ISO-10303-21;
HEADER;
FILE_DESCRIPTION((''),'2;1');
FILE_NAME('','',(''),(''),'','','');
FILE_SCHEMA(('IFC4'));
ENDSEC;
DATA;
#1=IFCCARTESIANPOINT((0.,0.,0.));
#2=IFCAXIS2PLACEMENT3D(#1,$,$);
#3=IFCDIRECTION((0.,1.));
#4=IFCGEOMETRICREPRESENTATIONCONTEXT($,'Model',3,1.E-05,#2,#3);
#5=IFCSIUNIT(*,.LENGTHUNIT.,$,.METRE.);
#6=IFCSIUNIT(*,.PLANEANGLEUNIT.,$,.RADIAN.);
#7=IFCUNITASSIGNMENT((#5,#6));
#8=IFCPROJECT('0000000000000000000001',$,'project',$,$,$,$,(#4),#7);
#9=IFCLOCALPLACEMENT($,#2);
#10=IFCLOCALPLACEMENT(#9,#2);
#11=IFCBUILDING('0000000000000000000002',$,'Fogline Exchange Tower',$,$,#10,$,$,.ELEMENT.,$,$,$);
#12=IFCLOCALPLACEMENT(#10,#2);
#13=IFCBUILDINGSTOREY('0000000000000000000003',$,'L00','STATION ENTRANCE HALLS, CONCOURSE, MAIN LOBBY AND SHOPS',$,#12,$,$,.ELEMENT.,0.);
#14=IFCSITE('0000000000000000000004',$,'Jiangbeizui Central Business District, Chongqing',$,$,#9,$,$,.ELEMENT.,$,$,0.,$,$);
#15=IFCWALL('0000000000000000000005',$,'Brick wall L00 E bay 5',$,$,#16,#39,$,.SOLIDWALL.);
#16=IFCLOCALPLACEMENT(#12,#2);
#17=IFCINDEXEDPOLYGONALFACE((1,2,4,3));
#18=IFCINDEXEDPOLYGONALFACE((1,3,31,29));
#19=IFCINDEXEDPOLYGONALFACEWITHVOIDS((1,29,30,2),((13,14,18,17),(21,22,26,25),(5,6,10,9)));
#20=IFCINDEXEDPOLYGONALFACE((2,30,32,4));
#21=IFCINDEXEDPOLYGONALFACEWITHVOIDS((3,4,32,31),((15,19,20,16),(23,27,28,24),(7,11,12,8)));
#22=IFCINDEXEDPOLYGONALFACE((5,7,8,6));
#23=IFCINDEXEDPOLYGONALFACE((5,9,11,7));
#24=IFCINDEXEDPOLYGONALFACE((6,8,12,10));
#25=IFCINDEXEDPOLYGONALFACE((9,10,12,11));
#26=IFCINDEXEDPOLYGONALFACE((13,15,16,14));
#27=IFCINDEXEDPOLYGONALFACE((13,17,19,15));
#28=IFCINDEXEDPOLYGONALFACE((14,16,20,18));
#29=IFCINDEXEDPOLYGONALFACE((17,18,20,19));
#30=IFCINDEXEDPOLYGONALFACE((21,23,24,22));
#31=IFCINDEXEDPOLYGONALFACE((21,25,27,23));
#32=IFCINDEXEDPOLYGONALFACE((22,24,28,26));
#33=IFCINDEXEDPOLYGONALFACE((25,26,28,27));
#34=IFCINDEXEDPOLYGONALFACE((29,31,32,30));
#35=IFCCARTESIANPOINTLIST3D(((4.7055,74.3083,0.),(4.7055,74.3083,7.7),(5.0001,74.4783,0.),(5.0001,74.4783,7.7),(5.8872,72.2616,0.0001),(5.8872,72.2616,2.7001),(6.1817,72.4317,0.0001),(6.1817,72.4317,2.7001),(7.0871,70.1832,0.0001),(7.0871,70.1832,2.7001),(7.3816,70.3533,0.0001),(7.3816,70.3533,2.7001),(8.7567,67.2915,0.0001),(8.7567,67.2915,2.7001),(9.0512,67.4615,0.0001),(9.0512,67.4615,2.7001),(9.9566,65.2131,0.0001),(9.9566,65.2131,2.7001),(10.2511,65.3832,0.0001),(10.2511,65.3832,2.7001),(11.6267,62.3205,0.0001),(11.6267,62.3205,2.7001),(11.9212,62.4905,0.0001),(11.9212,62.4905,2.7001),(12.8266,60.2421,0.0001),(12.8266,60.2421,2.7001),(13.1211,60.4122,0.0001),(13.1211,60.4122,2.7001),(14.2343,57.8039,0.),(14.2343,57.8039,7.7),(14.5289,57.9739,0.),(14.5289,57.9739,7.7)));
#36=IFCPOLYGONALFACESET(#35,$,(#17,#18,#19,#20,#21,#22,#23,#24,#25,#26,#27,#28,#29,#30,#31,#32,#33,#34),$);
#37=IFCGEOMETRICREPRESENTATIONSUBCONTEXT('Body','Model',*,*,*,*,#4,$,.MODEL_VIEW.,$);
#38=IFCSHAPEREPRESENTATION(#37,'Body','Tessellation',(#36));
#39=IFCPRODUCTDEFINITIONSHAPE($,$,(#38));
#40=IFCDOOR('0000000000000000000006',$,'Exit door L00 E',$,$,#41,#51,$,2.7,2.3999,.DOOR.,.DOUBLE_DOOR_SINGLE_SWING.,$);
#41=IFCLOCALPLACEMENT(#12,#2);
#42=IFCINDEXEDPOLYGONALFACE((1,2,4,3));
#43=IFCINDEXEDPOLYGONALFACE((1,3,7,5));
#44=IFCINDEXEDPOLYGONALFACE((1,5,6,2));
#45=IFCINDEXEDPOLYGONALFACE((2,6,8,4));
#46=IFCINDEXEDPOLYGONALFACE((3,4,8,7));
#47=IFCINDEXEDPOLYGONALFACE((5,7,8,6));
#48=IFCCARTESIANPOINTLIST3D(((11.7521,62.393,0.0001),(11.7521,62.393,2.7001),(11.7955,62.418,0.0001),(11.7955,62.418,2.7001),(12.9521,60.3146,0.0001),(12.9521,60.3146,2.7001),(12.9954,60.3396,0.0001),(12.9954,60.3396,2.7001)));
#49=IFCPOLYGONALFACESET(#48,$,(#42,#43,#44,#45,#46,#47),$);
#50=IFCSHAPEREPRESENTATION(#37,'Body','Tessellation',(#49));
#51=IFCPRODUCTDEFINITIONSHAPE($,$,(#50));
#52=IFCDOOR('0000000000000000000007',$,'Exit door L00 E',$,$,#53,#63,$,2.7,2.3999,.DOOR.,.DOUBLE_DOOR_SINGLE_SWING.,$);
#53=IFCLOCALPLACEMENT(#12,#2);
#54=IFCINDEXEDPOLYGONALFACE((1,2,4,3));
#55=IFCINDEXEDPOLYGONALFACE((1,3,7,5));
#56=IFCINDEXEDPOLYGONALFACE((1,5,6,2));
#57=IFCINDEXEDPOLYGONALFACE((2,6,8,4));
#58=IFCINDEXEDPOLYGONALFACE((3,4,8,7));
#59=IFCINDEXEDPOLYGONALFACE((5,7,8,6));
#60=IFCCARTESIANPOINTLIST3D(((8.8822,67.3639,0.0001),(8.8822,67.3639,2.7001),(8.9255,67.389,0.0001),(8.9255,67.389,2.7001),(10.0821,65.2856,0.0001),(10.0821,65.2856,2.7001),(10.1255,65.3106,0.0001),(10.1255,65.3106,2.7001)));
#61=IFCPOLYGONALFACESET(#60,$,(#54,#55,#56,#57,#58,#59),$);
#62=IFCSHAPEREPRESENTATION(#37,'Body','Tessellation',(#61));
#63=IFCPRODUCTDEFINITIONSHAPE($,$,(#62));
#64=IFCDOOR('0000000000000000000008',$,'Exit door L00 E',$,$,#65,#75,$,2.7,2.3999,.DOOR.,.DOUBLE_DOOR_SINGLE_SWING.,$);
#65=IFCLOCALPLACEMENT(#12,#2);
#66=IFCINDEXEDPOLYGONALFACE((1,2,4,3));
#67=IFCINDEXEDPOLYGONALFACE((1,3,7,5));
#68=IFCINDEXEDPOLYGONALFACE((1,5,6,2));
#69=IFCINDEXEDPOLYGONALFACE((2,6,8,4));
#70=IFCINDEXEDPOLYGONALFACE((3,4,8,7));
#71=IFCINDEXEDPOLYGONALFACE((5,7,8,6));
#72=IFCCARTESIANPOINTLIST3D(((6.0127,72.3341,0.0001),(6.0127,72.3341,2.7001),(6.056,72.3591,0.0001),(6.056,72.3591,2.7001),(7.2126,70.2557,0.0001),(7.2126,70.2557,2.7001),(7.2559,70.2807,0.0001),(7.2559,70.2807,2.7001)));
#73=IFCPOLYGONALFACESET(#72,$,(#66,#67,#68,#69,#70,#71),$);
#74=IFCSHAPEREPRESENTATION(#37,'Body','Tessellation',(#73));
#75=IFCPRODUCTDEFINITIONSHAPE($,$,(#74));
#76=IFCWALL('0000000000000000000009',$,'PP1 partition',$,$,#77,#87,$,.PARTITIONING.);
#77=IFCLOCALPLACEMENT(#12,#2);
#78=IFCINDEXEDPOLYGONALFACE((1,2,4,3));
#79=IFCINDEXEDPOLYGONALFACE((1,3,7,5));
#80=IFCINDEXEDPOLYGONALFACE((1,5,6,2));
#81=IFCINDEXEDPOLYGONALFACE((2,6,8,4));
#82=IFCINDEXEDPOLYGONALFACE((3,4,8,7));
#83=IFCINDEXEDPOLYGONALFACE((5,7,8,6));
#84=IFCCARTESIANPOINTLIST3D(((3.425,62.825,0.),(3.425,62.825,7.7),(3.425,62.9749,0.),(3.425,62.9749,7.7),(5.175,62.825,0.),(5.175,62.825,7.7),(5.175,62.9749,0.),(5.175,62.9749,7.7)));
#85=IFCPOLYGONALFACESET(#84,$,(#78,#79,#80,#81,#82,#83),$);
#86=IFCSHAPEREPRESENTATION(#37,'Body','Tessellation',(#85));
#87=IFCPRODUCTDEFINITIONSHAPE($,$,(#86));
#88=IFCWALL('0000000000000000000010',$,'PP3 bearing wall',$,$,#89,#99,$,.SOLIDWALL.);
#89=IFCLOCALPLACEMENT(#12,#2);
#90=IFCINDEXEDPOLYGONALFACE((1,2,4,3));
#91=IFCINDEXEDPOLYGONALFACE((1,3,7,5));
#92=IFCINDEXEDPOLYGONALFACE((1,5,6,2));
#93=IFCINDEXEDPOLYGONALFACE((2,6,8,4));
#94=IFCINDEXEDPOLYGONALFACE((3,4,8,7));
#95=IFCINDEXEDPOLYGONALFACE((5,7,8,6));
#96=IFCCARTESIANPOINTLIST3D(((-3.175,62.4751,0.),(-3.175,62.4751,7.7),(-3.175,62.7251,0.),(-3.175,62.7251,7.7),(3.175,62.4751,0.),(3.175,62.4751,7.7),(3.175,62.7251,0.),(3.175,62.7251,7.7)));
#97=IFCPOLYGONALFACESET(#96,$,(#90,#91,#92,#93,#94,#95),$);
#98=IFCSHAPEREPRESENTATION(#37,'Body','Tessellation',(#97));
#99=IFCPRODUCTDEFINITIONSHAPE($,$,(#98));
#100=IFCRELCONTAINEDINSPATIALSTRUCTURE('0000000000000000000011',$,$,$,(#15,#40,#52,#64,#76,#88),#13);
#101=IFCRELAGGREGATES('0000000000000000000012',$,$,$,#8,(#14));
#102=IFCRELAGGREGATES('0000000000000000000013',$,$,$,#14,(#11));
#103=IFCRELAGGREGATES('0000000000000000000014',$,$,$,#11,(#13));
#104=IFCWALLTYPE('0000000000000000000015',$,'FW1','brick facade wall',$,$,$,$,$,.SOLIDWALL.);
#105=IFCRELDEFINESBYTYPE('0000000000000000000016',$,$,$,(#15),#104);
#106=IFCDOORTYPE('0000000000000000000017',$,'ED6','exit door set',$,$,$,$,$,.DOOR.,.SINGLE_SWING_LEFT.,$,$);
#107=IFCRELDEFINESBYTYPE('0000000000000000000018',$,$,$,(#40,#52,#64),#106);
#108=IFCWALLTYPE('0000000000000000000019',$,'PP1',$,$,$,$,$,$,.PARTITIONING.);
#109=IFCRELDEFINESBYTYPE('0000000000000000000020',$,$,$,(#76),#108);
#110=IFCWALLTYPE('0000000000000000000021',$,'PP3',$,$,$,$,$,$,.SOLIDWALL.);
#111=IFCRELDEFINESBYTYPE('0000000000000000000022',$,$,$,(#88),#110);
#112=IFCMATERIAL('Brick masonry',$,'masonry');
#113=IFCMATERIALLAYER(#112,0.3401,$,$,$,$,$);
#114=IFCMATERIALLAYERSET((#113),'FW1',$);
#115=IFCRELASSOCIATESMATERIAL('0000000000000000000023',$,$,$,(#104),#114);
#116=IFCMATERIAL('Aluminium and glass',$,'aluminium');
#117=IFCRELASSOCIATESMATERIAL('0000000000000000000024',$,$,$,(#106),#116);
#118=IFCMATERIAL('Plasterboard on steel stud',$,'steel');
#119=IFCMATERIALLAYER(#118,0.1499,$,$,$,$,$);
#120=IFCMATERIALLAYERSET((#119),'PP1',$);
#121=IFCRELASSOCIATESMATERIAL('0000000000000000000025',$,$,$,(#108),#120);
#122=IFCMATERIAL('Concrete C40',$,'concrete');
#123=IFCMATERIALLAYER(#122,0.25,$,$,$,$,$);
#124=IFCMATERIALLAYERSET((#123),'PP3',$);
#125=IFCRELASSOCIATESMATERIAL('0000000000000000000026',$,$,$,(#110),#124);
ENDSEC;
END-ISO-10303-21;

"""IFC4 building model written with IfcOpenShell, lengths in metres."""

from ifc_helpers import new_model, si_unit, direction, frame, frame_2d, origin, place, context, subcontext, project, spatial, rectangle, extrude, material, layer, layer_set, type_object, element, fill, save


model = new_model("IFC4")

# Units and contexts
model_context = context("Model", 3, precision=1e-05, world=origin(), true_north=direction((0.0, 1.0)))
body_context = subcontext(model_context, "Body", "Model", "MODEL_VIEW")
ifc_project = project(units=[si_unit("LENGTHUNIT", "METRE"), si_unit("PLANEANGLEUNIT", "RADIAN")], contexts=[model_context])

# Site, building, storey
site_placement = place(None, origin())
site = spatial("IfcSite", under=ifc_project, at=site_placement, Name="Jiangbeizui Central Business District, Chongqing", CompositionType="ELEMENT", RefElevation=0.0)
building_placement = place(site_placement, origin())
building = spatial("IfcBuilding", under=site, at=building_placement, Name="Fogline Exchange Tower", CompositionType="ELEMENT")
storey_placement = place(building_placement, origin())
storey = spatial("IfcBuildingStorey", under=building, at=storey_placement, Name="L00", Description="STATION ENTRANCE HALLS, CONCOURSE, MAIN LOBBY AND SHOPS", CompositionType="ELEMENT", Elevation=0.0)

# Shared definitions
ifc_material_1 = material(Name="Aluminium and glass", Category="aluminium")

# Wall, openings, doors
ifc_material_2 = material(Name="Brick masonry", Category="masonry")
ifc_layer_1 = layer(ifc_material_2, 0.3401)
ifc_layer_set_1 = layer_set([ifc_layer_1], Name="FW1")
wall_type_1 = type_object("IfcWallType", Name="FW1", Description="brick facade wall", PredefinedType="SOLIDWALL", material=ifc_layer_set_1)
wall_1_placement = place(storey_placement, frame((14.3816, 57.8889, 0.0), z_axis=(0.0, 0.0, 1.0), x_axis=(-0.5, 0.866026, 0.0)))
wall_1 = element("IfcWall", 1, at=wall_1_placement, inside=storey, type_object=wall_type_1, Name="Brick wall L00 E bay 5", PredefinedType="SOLIDWALL", context=body_context, shape_type="SweptSolid", body=[
    extrude(rectangle(XDim=19.0576, YDim=0.3401, at=frame_2d((9.5288, 0.0))), origin(), (0.0, 0.0, 1.0), 7.7),
])
opening_1_placement = place(wall_1_placement, frame((2.8154, 0.0, 0.0)))
opening_1 = element("IfcOpeningElement", 2, at=opening_1_placement, cuts=wall_1, PredefinedType="OPENING", context=body_context, shape_type="SweptSolid", body=[
    extrude(rectangle(XDim=2.3999, YDim=2.7, at=frame_2d((1.2, 1.3501))), frame((0.0, 0.1802, 0.0), z_axis=(0.0, -1.0, 0.0), x_axis=(1.0, 0.0, 0.0)), (0.0, 0.0, 1.0), 0.3601),
])
opening_2_placement = place(wall_1_placement, frame((8.5554, 0.0, 0.0)))
opening_2 = element("IfcOpeningElement", 3, at=opening_2_placement, cuts=wall_1, PredefinedType="OPENING", context=body_context, shape_type="SweptSolid", body=[
    extrude(rectangle(XDim=2.3999, YDim=2.7, at=frame_2d((1.2, 1.3501))), frame((0.0, 0.1802, 0.0), z_axis=(0.0, -1.0, 0.0), x_axis=(1.0, 0.0, 0.0)), (0.0, 0.0, 1.0), 0.3601),
])
opening_3_placement = place(wall_1_placement, frame((14.2944, 0.0, 0.0)))
opening_3 = element("IfcOpeningElement", 4, at=opening_3_placement, cuts=wall_1, PredefinedType="OPENING", context=body_context, shape_type="SweptSolid", body=[
    extrude(rectangle(XDim=2.3999, YDim=2.7, at=frame_2d((1.2, 1.3501))), frame((0.0, 0.1802, 0.0), z_axis=(0.0, -1.0, 0.0), x_axis=(1.0, 0.0, 0.0)), (0.0, 0.0, 1.0), 0.3601),
])
door_type = type_object("IfcDoorType", Name="ED6", Description="exit door set", OperationType="SINGLE_SWING_LEFT", PredefinedType="DOOR", material=ifc_material_1)
door_1_placement = place(opening_1_placement, frame((2.3999, 0.0, 0.0), z_axis=(0.0, 0.0, 1.0), x_axis=(-1.0, 0.0, 0.0)))
door_1 = element("IfcDoor", 5, at=door_1_placement, inside=storey, type_object=door_type, Name="Exit door L00 E", OperationType="DOUBLE_DOOR_SINGLE_SWING", OverallHeight=2.7, OverallWidth=2.3999, PredefinedType="DOOR", context=body_context, shape_type="SweptSolid", body=[
    extrude(rectangle(XDim=2.3999, YDim=2.7, at=frame_2d((1.2, 1.3501))), frame((0.0, 0.0249, 0.0), z_axis=(0.0, -1.0, 0.0), x_axis=(1.0, 0.0, 0.0)), (0.0, 0.0, 1.0), 0.05),
])
fill(opening_1, door_1)
door_2_placement = place(opening_2_placement, frame((2.3999, 0.0, 0.0), z_axis=(0.0, 0.0, 1.0), x_axis=(-1.0, 0.0, 0.0)))
door_2 = element("IfcDoor", 6, at=door_2_placement, inside=storey, type_object=door_type, Name="Exit door L00 E", OperationType="DOUBLE_DOOR_SINGLE_SWING", OverallHeight=2.7, OverallWidth=2.3999, PredefinedType="DOOR", context=body_context, shape_type="SweptSolid", body=[
    extrude(rectangle(XDim=2.3999, YDim=2.7, at=frame_2d((1.2, 1.3501))), frame((0.0, 0.0249, 0.0), z_axis=(0.0, -1.0, 0.0), x_axis=(1.0, 0.0, 0.0)), (0.0, 0.0, 1.0), 0.05),
])
fill(opening_2, door_2)
door_3_placement = place(opening_3_placement, frame((2.3999, 0.0, 0.0), z_axis=(0.0, 0.0, 1.0), x_axis=(-1.0, 0.0, 0.0)))
door_3 = element("IfcDoor", 7, at=door_3_placement, inside=storey, type_object=door_type, Name="Exit door L00 E", OperationType="DOUBLE_DOOR_SINGLE_SWING", OverallHeight=2.7, OverallWidth=2.3999, PredefinedType="DOOR", context=body_context, shape_type="SweptSolid", body=[
    extrude(rectangle(XDim=2.3999, YDim=2.7, at=frame_2d((1.2, 1.3501))), frame((0.0, 0.0249, 0.0), z_axis=(0.0, -1.0, 0.0), x_axis=(1.0, 0.0, 0.0)), (0.0, 0.0, 1.0), 0.05),
])
fill(opening_3, door_3)

# Walls
ifc_material_3 = material(Name="Plasterboard on steel stud", Category="steel")
ifc_layer_2 = layer(ifc_material_3, 0.1499)
ifc_layer_set_2 = layer_set([ifc_layer_2], Name="PP1")
wall_type_2 = type_object("IfcWallType", Name="PP1", PredefinedType="PARTITIONING", material=ifc_layer_set_2)
wall_2_placement = place(storey_placement, frame((5.175, 62.8999, 0.0), z_axis=(0.0, 0.0, 1.0), x_axis=(-1.0, 0.0, 0.0)))
element("IfcWall", 8, at=wall_2_placement, inside=storey, type_object=wall_type_2, Name="PP1 partition", PredefinedType="PARTITIONING", context=body_context, shape_type="SweptSolid", body=[
    extrude(rectangle(XDim=1.75, YDim=0.1499, at=frame_2d((0.875, 0.0))), origin(), (0.0, 0.0, 1.0), 7.7),
])
ifc_material_4 = material(Name="Concrete C40", Category="concrete")
ifc_layer_3 = layer(ifc_material_4, 0.25)
ifc_layer_set_3 = layer_set([ifc_layer_3], Name="PP3")
wall_type_3 = type_object("IfcWallType", Name="PP3", PredefinedType="SOLIDWALL", material=ifc_layer_set_3)
wall_3_placement = place(storey_placement, frame((3.175, 62.6001, 0.0), z_axis=(0.0, 0.0, 1.0), x_axis=(-1.0, 0.0, 0.0)))
element("IfcWall", 9, at=wall_3_placement, inside=storey, type_object=wall_type_3, Name="PP3 bearing wall", PredefinedType="SOLIDWALL", context=body_context, shape_type="SweptSolid", body=[
    extrude(rectangle(XDim=6.3501, YDim=0.25, at=frame_2d((3.175, 0.0))), origin(), (0.0, 0.0, 1.0), 7.7),
])

save(model, "model.ifc")
